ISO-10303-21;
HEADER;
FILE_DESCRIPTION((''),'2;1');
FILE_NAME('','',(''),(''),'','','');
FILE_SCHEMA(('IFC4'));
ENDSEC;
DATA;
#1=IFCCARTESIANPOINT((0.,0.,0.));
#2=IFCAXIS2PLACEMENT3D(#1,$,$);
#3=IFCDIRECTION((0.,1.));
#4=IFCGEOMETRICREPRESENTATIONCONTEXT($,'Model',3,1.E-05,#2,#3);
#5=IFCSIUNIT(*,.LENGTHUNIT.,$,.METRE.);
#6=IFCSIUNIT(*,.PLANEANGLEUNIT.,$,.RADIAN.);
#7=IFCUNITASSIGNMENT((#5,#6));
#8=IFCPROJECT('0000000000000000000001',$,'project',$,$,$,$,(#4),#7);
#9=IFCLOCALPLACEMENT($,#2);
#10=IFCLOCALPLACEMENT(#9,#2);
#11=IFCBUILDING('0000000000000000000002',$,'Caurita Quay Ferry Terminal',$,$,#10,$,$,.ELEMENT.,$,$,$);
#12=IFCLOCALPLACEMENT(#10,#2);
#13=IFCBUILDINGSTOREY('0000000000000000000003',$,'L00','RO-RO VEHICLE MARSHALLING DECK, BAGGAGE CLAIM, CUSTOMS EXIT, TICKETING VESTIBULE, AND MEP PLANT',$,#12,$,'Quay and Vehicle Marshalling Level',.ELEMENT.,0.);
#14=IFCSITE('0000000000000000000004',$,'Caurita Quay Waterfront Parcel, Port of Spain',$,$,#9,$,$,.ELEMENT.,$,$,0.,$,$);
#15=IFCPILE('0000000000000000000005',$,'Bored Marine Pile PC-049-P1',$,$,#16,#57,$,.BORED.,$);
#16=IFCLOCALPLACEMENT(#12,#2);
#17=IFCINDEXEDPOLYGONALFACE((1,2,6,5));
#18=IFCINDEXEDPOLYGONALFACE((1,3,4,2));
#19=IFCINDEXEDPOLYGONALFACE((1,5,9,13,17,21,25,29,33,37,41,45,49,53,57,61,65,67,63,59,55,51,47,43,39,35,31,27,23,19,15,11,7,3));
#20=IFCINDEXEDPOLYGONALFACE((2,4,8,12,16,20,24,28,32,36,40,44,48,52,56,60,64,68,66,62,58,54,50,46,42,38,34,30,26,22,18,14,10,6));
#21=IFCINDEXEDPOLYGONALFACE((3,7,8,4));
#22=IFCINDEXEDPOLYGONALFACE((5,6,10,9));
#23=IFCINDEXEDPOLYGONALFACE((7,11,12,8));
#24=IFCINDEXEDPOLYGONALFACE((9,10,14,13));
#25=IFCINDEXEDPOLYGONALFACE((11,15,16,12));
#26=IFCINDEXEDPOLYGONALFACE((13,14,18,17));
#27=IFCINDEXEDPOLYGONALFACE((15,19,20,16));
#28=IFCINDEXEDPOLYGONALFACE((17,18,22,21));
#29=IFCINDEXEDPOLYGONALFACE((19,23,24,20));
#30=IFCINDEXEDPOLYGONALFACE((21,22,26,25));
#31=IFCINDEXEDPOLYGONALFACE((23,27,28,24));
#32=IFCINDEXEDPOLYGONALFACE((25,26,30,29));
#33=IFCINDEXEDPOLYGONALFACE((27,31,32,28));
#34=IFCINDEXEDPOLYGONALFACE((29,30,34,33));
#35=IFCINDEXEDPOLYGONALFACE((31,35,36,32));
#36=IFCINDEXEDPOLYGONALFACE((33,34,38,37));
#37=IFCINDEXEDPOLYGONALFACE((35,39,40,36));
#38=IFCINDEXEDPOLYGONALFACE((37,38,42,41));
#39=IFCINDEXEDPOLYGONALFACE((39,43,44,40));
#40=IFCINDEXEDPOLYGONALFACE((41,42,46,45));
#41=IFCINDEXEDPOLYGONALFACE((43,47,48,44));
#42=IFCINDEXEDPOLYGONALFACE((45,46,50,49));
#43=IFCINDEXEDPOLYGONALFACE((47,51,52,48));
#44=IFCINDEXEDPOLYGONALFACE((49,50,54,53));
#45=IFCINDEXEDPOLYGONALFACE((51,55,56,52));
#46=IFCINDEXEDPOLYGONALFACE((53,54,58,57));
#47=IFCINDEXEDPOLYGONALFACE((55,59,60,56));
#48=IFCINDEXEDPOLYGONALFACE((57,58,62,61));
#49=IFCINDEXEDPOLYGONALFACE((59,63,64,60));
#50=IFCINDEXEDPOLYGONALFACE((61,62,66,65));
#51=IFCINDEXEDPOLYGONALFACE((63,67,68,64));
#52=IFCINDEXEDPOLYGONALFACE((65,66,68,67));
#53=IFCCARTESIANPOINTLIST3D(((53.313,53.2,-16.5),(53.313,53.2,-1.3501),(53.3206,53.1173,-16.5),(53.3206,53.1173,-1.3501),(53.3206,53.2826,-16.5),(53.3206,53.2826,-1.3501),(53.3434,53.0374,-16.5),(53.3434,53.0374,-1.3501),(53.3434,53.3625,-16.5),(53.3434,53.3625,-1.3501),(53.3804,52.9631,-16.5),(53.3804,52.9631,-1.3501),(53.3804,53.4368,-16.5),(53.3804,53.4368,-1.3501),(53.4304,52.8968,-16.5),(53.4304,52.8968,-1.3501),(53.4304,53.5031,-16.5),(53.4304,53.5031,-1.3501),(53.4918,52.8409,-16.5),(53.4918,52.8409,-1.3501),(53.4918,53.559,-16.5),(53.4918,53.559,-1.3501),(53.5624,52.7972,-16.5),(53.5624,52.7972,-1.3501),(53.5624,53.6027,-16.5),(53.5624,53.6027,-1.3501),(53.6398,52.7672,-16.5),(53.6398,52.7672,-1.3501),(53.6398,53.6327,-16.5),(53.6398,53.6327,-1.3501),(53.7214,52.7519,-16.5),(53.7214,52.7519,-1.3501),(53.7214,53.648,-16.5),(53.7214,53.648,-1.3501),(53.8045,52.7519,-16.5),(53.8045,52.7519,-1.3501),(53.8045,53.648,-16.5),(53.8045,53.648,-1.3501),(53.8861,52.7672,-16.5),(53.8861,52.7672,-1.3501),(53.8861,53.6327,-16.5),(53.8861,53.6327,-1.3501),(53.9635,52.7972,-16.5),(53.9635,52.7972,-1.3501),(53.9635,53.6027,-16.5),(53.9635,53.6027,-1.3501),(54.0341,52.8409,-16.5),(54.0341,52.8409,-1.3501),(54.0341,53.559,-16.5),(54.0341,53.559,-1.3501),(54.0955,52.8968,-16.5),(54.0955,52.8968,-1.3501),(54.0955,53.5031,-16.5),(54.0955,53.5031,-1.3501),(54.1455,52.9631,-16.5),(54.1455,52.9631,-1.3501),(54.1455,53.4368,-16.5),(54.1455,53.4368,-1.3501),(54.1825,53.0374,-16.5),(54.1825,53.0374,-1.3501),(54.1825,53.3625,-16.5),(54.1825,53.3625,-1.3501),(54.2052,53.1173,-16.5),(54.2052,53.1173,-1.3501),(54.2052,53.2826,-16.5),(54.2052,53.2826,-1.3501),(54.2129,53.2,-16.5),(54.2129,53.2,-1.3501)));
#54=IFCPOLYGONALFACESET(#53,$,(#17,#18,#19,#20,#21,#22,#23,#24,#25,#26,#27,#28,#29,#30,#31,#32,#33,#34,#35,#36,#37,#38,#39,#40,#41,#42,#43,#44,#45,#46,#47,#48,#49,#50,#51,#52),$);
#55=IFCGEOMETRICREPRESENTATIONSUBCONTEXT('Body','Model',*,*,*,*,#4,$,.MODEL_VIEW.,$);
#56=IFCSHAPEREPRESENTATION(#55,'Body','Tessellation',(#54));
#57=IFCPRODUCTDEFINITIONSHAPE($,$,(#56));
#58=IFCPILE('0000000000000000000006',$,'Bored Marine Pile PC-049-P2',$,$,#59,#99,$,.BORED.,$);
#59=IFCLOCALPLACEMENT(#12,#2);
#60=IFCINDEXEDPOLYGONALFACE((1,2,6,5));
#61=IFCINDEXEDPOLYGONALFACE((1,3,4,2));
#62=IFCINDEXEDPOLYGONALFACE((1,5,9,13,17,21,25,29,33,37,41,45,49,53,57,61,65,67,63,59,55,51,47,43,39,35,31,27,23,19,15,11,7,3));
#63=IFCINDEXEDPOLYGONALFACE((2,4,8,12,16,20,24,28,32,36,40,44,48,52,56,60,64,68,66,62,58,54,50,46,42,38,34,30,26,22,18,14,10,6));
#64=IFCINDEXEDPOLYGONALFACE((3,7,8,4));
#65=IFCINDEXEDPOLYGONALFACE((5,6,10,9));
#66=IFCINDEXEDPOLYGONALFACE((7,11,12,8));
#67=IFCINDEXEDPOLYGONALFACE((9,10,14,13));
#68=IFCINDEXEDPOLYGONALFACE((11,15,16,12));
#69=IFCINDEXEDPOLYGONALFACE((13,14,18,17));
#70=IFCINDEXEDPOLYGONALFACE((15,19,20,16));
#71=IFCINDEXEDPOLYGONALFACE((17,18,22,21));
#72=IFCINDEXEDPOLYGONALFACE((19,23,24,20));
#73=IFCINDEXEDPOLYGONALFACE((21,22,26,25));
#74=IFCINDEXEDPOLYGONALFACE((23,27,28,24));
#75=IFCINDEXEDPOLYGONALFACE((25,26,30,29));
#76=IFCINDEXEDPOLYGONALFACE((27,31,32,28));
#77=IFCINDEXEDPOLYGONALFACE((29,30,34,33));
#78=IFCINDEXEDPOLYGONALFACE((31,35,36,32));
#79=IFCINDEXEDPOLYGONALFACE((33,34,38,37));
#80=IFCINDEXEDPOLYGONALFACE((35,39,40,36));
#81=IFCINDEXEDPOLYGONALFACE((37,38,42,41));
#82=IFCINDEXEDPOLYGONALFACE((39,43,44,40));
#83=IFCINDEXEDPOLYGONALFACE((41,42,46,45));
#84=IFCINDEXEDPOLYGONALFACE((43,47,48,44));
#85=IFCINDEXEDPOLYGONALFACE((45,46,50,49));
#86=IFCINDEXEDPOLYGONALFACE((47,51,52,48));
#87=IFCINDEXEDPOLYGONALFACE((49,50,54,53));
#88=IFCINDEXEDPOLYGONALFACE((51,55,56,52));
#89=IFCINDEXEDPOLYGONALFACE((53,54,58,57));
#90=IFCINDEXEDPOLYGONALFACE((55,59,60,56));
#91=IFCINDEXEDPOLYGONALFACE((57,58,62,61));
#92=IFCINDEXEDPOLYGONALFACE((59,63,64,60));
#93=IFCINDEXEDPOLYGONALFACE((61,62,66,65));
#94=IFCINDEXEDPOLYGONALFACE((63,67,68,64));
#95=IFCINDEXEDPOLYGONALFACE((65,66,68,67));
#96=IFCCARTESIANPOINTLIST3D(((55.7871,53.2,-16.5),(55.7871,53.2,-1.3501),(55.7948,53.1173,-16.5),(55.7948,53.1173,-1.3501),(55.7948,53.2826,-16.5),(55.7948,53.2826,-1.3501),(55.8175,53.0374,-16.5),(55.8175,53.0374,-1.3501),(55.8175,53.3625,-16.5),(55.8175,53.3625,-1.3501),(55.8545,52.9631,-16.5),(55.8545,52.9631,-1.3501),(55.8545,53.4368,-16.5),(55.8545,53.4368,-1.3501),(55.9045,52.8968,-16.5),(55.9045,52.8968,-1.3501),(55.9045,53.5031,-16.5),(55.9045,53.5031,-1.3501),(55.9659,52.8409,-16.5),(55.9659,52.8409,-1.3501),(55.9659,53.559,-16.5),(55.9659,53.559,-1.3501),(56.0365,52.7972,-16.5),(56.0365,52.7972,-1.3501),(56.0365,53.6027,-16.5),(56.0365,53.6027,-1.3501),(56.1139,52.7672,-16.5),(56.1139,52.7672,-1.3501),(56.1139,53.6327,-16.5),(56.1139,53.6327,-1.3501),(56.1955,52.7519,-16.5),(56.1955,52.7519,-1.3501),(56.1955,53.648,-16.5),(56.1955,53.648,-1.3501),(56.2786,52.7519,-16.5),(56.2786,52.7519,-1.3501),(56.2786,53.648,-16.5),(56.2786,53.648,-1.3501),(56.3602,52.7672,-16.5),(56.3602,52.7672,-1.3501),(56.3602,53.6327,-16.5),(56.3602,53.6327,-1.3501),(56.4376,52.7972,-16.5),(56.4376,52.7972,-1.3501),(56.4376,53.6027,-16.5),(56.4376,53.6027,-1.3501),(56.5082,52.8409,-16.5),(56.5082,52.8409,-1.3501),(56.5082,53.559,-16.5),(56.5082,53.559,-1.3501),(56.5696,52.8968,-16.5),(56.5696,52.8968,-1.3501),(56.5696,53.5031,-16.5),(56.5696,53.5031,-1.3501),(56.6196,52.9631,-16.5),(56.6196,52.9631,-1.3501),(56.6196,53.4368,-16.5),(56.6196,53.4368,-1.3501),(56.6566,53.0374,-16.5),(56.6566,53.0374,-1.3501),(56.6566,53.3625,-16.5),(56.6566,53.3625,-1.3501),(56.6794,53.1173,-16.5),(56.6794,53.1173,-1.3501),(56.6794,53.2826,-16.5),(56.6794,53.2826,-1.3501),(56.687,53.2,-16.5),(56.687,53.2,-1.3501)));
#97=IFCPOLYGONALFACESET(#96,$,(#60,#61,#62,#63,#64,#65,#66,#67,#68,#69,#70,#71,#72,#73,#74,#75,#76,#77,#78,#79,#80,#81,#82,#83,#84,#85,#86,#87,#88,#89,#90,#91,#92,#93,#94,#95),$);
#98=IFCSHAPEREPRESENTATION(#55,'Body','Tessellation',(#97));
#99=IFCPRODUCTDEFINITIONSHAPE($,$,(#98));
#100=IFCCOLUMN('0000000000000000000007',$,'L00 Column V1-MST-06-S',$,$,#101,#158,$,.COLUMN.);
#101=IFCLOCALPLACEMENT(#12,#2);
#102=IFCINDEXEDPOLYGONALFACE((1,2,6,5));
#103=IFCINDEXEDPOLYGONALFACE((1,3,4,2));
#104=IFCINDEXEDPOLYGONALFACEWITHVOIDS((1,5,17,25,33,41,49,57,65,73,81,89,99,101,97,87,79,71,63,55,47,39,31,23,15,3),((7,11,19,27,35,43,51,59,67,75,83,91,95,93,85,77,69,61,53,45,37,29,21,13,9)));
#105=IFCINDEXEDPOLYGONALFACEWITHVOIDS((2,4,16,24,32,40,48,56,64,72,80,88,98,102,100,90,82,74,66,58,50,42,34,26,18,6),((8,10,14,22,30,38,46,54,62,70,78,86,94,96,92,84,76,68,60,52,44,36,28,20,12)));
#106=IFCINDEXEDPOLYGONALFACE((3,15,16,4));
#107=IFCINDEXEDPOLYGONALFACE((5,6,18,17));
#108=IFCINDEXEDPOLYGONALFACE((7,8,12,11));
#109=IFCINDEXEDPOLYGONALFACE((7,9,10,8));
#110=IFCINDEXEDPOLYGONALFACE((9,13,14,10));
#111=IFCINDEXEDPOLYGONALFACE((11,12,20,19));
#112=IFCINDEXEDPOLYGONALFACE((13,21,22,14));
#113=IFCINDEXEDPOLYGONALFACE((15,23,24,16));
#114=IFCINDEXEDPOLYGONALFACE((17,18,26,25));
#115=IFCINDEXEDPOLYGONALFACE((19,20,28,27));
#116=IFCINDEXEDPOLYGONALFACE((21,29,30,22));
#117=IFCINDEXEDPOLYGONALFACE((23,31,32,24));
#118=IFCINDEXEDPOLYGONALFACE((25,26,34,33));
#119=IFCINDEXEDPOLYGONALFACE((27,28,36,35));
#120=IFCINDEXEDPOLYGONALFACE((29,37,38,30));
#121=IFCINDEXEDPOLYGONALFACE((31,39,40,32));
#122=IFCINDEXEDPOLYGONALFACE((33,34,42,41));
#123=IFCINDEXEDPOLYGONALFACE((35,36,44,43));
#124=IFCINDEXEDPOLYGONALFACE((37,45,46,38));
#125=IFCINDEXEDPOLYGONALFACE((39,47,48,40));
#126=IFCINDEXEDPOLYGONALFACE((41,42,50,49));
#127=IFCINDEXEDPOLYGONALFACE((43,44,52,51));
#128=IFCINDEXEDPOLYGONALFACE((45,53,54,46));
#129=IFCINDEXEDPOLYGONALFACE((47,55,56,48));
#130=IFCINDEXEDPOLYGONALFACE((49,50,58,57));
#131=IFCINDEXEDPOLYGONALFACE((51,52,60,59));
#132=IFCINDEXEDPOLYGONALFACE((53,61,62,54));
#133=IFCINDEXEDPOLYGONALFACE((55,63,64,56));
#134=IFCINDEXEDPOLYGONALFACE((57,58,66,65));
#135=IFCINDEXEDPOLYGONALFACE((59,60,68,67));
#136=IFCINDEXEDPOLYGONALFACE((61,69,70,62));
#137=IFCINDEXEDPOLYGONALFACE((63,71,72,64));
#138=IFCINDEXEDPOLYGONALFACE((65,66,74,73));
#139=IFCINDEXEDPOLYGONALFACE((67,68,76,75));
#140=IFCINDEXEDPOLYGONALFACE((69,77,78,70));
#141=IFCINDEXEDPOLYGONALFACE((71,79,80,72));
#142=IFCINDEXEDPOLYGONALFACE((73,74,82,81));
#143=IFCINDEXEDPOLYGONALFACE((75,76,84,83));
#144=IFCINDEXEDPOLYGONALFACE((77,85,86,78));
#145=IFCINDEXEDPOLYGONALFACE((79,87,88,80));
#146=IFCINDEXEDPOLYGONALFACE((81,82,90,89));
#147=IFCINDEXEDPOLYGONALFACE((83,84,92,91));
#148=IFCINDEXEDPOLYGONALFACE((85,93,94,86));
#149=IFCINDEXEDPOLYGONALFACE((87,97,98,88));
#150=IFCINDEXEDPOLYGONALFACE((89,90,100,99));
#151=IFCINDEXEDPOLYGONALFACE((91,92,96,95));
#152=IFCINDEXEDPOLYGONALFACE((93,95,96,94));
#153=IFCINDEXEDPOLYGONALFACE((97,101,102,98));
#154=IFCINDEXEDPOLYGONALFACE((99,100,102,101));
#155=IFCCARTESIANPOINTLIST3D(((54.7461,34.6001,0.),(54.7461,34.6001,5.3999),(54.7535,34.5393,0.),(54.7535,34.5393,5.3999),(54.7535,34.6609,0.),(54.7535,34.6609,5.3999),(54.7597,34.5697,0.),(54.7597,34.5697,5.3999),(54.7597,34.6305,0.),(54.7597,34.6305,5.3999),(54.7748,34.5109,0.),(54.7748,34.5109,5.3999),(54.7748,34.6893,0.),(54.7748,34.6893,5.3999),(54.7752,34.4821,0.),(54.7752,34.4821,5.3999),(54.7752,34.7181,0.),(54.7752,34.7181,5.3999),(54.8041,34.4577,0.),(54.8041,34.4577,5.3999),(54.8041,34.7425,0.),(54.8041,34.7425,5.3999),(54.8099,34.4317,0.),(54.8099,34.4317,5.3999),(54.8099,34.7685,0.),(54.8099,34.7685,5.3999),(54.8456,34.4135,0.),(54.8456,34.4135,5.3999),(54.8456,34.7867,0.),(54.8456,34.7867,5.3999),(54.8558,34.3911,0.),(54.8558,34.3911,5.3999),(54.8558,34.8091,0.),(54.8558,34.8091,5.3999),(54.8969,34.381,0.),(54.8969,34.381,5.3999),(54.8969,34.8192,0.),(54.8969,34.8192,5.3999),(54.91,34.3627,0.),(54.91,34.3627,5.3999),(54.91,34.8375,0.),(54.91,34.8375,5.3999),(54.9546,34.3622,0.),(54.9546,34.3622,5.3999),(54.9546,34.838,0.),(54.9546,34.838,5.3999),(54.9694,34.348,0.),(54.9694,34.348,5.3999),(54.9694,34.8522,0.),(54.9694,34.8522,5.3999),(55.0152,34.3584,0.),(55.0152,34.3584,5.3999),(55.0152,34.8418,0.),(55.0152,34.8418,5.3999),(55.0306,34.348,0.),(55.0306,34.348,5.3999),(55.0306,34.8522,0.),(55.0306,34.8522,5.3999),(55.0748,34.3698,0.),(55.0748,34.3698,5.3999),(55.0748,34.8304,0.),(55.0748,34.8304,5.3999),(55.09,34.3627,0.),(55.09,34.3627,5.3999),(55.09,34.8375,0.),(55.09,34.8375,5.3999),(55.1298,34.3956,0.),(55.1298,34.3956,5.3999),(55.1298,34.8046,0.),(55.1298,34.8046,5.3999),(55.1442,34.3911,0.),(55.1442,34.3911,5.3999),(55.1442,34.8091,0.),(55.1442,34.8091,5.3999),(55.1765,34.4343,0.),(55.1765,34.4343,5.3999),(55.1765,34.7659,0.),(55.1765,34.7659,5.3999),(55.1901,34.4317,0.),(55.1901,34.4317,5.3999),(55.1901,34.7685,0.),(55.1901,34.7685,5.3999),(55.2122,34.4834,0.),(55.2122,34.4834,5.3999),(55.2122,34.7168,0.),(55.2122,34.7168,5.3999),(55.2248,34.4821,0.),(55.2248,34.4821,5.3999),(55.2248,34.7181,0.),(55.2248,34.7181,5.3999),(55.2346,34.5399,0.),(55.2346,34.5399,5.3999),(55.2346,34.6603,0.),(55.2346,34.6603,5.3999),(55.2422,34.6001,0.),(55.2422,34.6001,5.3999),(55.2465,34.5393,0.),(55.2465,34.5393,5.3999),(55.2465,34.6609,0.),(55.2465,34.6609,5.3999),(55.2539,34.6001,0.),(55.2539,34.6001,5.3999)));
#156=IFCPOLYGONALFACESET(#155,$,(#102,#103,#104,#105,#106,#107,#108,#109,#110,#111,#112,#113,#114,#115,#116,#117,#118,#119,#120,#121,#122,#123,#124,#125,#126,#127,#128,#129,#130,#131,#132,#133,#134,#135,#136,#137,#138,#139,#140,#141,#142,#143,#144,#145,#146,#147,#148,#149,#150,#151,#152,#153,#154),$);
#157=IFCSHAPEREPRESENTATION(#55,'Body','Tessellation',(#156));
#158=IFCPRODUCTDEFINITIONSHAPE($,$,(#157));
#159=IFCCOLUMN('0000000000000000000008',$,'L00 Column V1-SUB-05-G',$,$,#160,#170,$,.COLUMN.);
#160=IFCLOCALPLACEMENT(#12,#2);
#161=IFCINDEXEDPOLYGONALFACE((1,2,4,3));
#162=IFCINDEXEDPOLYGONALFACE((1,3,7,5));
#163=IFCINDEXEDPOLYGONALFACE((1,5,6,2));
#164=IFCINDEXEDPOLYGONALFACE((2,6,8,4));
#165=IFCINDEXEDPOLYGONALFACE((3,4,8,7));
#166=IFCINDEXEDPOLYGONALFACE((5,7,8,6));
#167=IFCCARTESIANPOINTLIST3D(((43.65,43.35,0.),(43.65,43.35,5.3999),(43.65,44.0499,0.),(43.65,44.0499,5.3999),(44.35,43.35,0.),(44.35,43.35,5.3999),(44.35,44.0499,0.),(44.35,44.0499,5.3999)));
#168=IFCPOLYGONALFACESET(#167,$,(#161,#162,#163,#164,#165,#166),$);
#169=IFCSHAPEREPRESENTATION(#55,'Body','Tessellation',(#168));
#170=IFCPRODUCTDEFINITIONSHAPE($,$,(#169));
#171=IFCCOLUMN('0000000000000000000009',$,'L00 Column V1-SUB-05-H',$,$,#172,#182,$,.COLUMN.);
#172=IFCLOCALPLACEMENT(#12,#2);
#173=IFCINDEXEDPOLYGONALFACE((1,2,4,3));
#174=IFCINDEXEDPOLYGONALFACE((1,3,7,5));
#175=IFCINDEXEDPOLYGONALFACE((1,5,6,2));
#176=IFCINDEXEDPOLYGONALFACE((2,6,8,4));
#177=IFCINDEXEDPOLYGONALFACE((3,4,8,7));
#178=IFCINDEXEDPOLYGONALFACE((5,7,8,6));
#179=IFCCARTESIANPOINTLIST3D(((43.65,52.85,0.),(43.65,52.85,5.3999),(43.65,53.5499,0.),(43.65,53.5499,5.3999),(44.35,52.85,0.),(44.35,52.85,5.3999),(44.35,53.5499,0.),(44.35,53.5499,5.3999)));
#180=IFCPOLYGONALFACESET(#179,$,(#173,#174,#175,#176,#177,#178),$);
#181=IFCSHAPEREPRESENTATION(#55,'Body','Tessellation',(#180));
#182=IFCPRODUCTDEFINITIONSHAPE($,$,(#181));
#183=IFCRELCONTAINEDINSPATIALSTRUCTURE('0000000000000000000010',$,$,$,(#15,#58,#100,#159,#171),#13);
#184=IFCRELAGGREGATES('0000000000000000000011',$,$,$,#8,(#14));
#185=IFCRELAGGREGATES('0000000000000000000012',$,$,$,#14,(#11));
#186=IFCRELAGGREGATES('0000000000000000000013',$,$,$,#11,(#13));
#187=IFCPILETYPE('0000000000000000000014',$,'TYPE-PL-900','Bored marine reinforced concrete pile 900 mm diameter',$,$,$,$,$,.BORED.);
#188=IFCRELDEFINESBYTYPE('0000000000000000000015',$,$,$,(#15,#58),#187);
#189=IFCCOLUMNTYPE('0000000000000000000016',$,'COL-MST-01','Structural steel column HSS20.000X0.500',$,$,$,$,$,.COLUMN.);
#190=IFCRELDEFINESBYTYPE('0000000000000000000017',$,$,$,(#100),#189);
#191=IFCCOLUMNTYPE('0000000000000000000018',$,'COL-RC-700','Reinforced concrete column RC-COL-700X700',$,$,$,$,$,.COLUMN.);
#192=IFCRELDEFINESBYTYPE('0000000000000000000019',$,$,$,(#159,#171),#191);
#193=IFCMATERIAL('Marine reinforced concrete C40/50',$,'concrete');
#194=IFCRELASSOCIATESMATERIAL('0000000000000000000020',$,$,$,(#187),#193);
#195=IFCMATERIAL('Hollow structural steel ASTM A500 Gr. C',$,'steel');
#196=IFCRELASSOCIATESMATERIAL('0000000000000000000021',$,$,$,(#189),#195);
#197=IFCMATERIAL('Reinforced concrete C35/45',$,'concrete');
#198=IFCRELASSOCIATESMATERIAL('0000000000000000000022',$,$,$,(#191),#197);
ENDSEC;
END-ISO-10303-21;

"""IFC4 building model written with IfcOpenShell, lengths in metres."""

from ifc_helpers import new_model, si_unit, direction, frame, origin, origin_2d, place, context, subcontext, project, spatial, rectangle, circle, hollow_circle, extrude, material, material_profile, profile_set, type_object, element, save


model = new_model("IFC4")

# Units and contexts
model_context = context("Model", 3, precision=1e-05, world=origin(), true_north=direction((0.0, 1.0)))
body_context = subcontext(model_context, "Body", "Model", "MODEL_VIEW")
ifc_project = project(units=[si_unit("LENGTHUNIT", "METRE"), si_unit("PLANEANGLEUNIT", "RADIAN")], contexts=[model_context])

# Site, building, storey
site_placement = place(None, origin())
site = spatial("IfcSite", under=ifc_project, at=site_placement, Name="Caurita Quay Waterfront Parcel, Port of Spain", CompositionType="ELEMENT", RefElevation=0.0)
building_placement = place(site_placement, origin())
building = spatial("IfcBuilding", under=site, at=building_placement, Name="Caurita Quay Ferry Terminal", CompositionType="ELEMENT")
storey_placement = place(building_placement, origin())
storey = spatial("IfcBuildingStorey", under=building, at=storey_placement, Name="L00", Description="RO-RO VEHICLE MARSHALLING DECK, BAGGAGE CLAIM, CUSTOMS EXIT, TICKETING VESTIBULE, AND MEP PLANT", LongName="Quay and Vehicle Marshalling Level", CompositionType="ELEMENT", Elevation=0.0)

# Piles
ifc_material_1 = material(Name="Marine reinforced concrete C40/50", Category="concrete")
ifc_material_profile_1 = material_profile(ifc_material_1, circle(Radius=0.45, at=origin_2d()), Name="PILE-D900")
ifc_profile_set_1 = profile_set([ifc_material_profile_1], Name="Marine reinforced concrete C40/50")
pile_type_1 = type_object("IfcPileType", Name="TYPE-PL-900", Description="Bored marine reinforced concrete pile 900 mm diameter", PredefinedType="BORED", material=ifc_profile_set_1)
for number, where, z_axis, x_axis, name in (
    (1, (53.7629, 53.2, -1.3501), (0.0, 0.0, -1.0), (1.0, 0.0, 0.0), "Bored Marine Pile PC-049-P1"),
    (2, (56.2371, 53.2, -1.3501), (0.0, 0.0, -1.0), (1.0, 0.0, 0.0), "Bored Marine Pile PC-049-P2"),
):
    element("IfcPile", number, at=place(storey_placement, frame(where, z_axis=z_axis, x_axis=x_axis)), inside=storey, type_object=pile_type_1, Name=name, PredefinedType="BORED", context=body_context, shape_type="SweptSolid", body=[
        extrude(circle(Radius=0.45, at=origin_2d()), origin(), (0.0, 0.0, 1.0), 15.1499),
    ])

# Columns
ifc_material_2 = material(Name="Hollow structural steel ASTM A500 Gr. C", Category="steel")
ifc_material_profile_2 = material_profile(ifc_material_2, hollow_circle(Radius=0.2539, WallThickness=0.0117, at=origin_2d()), Name="HSS20.000X0.500")
ifc_profile_set_2 = profile_set([ifc_material_profile_2], Name="Hollow structural steel ASTM A500 Gr. C")
column_type_1 = type_object("IfcColumnType", Name="COL-MST-01", Description="Structural steel column HSS20.000X0.500", PredefinedType="COLUMN", material=ifc_profile_set_2)
column_placement = place(storey_placement, frame((55.0, 34.6001, 0.0), z_axis=(0.0, 0.0, 1.0), x_axis=(1.0, 0.0, 0.0)))
element("IfcColumn", 3, at=column_placement, inside=storey, type_object=column_type_1, Name="L00 Column V1-MST-06-S", PredefinedType="COLUMN", context=body_context, shape_type="SweptSolid", body=[
    extrude(hollow_circle(Radius=0.2539, WallThickness=0.0117, at=origin_2d()), origin(), (0.0, 0.0, 1.0), 5.3999),
])
ifc_material_3 = material(Name="Reinforced concrete C35/45", Category="concrete")
ifc_material_profile_3 = material_profile(ifc_material_3, rectangle(XDim=0.7, YDim=0.7, at=origin_2d()), Name="RC-COL-700X700")
ifc_profile_set_3 = profile_set([ifc_material_profile_3], Name="Reinforced concrete C35/45")
column_type_2 = type_object("IfcColumnType", Name="COL-RC-700", Description="Reinforced concrete column RC-COL-700X700", PredefinedType="COLUMN", material=ifc_profile_set_3)
for number, where, z_axis, x_axis, name in (
    (4, (44.0, 43.7, 0.0), (0.0, 0.0, 1.0), (1.0, 0.0, 0.0), "L00 Column V1-SUB-05-G"),
    (5, (44.0, 53.2, 0.0), (0.0, 0.0, 1.0), (1.0, 0.0, 0.0), "L00 Column V1-SUB-05-H"),
):
    element("IfcColumn", number, at=place(storey_placement, frame(where, z_axis=z_axis, x_axis=x_axis)), inside=storey, type_object=column_type_2, Name=name, PredefinedType="COLUMN", context=body_context, shape_type="SweptSolid", body=[
        extrude(rectangle(XDim=0.7, YDim=0.7, at=origin_2d()), origin(), (0.0, 0.0, 1.0), 5.3999),
    ])

save(model, "model.ifc")
